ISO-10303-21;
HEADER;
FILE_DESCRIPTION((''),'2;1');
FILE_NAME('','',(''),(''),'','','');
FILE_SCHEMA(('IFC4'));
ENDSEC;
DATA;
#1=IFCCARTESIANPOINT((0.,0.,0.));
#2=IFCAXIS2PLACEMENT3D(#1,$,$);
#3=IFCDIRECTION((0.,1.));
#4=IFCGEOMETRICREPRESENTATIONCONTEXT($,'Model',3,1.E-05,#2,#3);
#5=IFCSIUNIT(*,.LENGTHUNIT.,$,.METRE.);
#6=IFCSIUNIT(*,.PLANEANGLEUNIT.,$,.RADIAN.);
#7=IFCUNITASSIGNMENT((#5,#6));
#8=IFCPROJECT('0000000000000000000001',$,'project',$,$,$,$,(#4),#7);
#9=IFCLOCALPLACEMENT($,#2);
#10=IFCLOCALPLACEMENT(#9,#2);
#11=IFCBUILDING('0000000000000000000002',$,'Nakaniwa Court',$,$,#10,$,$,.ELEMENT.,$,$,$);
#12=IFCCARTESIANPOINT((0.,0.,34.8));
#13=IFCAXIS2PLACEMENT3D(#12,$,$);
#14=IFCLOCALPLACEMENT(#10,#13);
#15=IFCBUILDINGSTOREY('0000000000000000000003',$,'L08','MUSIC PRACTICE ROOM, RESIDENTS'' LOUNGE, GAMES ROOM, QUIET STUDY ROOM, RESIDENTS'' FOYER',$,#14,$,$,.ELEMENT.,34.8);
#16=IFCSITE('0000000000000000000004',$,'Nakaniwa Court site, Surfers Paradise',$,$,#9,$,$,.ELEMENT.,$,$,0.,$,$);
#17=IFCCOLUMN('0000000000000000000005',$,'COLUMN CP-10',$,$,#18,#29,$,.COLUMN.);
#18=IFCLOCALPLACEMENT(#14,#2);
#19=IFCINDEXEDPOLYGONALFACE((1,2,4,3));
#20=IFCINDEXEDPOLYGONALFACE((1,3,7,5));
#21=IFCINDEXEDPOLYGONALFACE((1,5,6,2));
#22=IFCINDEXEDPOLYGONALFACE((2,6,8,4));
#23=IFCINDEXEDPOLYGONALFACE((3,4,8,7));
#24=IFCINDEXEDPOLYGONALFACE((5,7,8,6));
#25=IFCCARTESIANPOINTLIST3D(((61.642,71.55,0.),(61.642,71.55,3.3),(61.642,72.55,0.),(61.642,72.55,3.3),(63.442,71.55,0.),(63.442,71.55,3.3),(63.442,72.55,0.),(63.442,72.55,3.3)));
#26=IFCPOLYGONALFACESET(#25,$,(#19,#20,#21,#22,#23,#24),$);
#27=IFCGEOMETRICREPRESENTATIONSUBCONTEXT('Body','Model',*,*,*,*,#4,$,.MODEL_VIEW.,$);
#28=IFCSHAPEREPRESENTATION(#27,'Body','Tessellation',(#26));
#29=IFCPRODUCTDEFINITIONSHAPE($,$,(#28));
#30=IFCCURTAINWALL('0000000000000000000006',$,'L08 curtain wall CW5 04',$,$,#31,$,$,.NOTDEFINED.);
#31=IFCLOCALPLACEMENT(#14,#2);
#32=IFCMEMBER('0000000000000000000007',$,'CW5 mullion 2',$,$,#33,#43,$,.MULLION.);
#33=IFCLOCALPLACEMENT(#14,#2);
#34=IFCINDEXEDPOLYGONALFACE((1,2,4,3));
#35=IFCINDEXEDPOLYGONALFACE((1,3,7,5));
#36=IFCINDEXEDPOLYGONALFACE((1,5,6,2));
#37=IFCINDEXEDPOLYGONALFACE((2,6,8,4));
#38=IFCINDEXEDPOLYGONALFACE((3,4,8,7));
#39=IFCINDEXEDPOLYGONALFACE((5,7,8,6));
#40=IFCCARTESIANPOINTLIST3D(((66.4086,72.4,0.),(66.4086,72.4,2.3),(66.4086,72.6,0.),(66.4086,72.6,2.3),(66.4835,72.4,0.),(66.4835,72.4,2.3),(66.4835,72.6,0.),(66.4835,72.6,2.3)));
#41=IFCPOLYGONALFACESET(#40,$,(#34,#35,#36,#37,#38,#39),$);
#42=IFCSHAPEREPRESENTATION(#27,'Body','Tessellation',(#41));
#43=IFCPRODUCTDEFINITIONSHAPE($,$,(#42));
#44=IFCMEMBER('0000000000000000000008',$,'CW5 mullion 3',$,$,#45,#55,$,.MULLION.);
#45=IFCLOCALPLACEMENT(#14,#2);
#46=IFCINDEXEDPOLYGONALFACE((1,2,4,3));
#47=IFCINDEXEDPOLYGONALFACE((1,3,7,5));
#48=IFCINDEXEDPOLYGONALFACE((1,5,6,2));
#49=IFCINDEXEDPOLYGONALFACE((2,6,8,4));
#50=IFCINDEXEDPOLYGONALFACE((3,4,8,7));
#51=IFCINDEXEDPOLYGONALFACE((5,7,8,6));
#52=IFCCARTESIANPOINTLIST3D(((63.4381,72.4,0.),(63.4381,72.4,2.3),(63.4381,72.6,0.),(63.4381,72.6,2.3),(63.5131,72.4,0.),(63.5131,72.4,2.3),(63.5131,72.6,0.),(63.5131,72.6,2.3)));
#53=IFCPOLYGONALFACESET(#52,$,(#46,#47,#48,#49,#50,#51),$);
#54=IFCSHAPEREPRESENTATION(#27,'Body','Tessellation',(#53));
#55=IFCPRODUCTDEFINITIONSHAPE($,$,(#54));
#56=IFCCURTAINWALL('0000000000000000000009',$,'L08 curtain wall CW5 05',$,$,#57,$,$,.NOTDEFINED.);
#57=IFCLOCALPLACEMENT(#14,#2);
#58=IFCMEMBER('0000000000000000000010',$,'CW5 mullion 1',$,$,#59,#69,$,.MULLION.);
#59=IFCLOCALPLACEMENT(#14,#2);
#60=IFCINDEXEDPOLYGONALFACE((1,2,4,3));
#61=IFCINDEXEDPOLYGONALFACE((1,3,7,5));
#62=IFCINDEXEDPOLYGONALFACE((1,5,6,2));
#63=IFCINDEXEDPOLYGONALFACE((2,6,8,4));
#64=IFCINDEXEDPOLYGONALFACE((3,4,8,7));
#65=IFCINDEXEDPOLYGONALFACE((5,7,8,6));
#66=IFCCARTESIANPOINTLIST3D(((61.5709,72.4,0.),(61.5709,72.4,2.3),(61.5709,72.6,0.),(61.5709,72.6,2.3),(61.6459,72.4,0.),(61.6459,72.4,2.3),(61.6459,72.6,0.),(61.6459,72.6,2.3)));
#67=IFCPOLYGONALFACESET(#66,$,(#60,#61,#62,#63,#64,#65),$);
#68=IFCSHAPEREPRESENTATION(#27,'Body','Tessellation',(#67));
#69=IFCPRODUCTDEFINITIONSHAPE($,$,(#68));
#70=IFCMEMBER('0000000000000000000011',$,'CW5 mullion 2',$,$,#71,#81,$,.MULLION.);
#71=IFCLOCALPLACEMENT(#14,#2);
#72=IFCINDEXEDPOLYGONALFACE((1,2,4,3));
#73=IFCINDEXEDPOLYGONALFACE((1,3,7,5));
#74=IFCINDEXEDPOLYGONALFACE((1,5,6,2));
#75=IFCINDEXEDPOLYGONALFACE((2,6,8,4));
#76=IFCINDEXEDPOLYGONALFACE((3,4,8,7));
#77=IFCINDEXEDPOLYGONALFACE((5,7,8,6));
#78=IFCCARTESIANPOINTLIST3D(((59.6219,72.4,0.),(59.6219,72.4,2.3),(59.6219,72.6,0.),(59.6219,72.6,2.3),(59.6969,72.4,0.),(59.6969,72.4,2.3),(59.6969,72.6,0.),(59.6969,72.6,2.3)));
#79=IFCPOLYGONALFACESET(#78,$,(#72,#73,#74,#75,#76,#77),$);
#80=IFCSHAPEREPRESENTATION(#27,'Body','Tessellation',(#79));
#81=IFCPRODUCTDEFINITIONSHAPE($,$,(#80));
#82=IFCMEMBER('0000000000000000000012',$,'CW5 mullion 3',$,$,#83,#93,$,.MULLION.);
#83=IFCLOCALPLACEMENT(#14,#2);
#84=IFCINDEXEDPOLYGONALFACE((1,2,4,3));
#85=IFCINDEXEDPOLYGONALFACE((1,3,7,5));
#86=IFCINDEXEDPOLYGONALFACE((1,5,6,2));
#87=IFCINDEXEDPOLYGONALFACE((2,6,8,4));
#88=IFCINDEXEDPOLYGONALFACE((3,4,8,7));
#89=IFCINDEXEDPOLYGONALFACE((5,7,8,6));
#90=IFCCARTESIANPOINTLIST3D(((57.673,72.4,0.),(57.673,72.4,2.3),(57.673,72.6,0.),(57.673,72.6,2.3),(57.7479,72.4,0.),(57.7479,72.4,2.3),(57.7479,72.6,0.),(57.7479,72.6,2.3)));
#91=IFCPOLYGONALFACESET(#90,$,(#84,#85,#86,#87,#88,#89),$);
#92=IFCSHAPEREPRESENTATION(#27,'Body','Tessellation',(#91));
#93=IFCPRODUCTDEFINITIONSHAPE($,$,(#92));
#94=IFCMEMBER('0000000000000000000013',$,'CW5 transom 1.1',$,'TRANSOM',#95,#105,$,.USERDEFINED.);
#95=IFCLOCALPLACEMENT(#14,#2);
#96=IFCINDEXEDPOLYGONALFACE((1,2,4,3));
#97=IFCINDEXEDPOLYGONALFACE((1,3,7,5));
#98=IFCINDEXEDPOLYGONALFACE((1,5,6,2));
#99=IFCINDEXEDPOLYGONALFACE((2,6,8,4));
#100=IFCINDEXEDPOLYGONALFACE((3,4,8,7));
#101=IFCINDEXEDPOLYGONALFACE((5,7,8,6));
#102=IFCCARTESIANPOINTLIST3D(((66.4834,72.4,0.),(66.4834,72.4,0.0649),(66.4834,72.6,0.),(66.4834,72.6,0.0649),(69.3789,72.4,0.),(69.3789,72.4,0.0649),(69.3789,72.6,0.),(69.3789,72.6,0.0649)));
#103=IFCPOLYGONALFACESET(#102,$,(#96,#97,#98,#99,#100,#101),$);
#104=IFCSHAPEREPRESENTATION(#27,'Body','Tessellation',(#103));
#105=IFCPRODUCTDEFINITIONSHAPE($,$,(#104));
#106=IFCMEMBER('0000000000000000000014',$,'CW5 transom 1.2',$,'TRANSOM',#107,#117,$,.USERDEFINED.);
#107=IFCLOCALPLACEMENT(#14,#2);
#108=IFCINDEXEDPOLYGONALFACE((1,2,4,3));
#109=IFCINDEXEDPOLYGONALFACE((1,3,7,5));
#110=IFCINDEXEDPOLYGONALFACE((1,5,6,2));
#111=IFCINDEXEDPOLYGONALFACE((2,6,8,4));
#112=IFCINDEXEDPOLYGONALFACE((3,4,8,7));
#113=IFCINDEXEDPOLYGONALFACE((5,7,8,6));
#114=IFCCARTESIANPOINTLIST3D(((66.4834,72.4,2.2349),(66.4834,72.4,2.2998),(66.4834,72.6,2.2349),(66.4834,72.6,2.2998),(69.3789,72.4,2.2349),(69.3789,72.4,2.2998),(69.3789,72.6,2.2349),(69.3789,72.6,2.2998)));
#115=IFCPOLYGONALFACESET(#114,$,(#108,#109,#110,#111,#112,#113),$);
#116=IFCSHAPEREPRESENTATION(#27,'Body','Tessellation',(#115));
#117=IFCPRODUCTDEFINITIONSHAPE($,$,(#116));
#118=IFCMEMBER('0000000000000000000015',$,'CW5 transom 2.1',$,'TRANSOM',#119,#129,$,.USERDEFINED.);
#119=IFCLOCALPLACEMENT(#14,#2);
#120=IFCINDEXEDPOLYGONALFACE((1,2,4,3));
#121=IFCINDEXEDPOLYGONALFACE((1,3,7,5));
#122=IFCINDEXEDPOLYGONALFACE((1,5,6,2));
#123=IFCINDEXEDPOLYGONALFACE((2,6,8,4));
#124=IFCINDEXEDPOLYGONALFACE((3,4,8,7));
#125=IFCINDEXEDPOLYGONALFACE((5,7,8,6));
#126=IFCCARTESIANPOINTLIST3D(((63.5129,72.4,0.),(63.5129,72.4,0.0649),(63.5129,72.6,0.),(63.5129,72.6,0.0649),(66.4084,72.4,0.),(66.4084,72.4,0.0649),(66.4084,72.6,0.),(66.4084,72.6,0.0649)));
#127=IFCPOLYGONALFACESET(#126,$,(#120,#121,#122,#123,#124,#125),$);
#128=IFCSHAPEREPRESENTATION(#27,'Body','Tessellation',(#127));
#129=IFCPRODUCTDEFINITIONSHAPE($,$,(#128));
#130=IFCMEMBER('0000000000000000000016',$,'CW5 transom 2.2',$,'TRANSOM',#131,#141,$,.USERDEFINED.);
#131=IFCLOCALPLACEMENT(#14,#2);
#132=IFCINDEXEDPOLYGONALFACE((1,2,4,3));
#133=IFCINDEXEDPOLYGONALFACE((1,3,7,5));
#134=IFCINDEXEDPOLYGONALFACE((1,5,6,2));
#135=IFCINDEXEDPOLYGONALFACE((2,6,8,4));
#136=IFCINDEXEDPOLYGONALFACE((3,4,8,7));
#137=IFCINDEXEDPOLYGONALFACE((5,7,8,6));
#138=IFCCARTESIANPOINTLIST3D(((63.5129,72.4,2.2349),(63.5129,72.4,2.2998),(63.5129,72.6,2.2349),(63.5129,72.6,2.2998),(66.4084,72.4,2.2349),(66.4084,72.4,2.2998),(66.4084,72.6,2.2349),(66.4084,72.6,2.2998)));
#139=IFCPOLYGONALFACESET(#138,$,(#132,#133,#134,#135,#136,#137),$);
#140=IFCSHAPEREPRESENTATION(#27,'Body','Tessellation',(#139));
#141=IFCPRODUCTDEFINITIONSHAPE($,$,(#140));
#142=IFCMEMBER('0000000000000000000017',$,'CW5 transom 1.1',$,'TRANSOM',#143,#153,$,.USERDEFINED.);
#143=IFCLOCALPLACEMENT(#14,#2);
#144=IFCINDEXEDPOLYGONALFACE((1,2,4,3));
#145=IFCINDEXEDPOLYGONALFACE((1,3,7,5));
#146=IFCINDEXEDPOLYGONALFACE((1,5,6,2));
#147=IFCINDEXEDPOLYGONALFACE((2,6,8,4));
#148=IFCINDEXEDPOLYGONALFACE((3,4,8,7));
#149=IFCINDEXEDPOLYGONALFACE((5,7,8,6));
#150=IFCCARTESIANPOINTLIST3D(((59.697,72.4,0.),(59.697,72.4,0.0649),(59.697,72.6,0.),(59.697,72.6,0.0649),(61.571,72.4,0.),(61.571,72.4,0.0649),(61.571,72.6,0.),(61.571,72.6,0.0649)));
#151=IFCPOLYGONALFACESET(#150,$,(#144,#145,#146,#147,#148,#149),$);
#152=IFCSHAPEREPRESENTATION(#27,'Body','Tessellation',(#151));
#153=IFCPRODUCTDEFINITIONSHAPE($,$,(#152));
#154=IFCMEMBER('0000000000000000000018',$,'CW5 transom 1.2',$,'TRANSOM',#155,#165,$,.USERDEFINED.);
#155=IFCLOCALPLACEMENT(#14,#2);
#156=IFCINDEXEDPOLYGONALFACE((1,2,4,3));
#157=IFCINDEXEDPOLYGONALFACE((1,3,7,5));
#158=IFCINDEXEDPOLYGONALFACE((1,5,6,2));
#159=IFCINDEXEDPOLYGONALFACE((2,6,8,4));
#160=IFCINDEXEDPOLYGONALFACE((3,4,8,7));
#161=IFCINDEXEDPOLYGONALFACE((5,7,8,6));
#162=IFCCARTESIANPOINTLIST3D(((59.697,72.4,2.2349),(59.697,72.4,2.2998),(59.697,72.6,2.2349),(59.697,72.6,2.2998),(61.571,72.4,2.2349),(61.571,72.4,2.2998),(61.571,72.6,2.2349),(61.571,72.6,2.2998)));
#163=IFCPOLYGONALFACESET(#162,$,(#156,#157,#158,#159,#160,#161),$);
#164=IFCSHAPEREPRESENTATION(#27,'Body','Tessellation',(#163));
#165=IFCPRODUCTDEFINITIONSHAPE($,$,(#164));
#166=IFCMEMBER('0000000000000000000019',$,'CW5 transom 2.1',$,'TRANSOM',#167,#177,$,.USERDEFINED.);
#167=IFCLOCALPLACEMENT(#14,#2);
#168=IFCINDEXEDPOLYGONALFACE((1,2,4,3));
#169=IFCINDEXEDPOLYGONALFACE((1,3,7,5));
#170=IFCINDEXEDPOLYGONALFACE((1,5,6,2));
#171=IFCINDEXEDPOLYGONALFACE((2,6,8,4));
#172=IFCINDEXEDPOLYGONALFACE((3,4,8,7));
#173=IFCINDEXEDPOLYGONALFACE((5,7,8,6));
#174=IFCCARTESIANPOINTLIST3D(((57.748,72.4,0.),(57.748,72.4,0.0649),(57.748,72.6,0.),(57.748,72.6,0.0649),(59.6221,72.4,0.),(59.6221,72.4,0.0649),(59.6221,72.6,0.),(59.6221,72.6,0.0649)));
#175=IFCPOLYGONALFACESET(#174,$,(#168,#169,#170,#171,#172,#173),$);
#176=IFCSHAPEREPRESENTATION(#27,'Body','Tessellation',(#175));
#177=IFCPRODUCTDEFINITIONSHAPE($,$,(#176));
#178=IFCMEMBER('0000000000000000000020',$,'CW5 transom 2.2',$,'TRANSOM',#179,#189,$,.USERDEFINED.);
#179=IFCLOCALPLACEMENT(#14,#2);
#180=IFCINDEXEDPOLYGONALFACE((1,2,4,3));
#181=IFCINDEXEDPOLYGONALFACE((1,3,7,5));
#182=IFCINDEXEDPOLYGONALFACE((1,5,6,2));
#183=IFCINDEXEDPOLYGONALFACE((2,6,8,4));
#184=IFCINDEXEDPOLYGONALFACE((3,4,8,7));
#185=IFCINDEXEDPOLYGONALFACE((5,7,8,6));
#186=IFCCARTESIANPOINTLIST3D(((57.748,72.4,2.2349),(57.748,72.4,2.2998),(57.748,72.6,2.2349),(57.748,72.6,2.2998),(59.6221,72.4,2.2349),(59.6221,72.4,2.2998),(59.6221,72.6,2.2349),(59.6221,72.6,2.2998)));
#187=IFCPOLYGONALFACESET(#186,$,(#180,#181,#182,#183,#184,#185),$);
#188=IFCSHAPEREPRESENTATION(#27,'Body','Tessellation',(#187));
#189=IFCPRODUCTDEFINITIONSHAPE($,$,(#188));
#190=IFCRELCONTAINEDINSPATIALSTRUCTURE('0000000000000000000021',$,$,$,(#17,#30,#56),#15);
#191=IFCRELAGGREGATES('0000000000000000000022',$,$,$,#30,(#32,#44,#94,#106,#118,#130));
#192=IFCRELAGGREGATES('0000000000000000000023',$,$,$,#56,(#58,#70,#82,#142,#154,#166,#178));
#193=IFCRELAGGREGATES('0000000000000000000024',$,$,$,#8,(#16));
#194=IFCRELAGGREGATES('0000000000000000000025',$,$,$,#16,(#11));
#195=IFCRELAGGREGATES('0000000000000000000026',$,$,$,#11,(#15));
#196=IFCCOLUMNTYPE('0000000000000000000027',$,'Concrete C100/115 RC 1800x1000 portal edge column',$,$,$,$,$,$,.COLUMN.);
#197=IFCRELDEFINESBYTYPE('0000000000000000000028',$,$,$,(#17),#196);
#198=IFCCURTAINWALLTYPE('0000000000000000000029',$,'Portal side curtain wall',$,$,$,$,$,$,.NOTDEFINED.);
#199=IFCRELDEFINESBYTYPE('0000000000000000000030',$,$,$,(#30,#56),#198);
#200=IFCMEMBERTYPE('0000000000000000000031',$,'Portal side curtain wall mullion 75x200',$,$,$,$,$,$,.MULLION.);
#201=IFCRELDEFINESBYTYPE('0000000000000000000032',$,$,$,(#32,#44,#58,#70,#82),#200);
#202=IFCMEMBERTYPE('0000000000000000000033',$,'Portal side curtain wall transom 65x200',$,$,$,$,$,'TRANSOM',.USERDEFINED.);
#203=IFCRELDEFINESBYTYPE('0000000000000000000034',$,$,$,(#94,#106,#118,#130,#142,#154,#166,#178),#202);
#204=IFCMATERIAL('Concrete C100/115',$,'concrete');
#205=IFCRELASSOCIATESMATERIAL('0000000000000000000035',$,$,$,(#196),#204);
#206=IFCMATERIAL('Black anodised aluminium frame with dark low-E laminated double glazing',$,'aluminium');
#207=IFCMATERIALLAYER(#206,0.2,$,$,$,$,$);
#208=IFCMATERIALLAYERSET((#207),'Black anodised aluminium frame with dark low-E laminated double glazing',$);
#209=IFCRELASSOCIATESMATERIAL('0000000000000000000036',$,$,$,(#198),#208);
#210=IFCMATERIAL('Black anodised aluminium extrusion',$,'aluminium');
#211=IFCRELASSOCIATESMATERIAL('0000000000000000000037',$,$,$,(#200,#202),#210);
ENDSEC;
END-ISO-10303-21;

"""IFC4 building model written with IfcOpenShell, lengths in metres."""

from ifc_helpers import new_model, si_unit, direction, frame, origin, origin_2d, place, context, subcontext, project, spatial, rectangle, extrude, material, layer, layer_set, material_profile, profile_set, type_object, element, aggregate, save


model = new_model("IFC4")

# Units and contexts
model_context = context("Model", 3, precision=1e-05, world=origin(), true_north=direction((0.0, 1.0)))
body_context = subcontext(model_context, "Body", "Model", "MODEL_VIEW")
ifc_project = project(units=[si_unit("LENGTHUNIT", "METRE"), si_unit("PLANEANGLEUNIT", "RADIAN")], contexts=[model_context])

# Site, building, storey
site_placement = place(None, origin())
site = spatial("IfcSite", under=ifc_project, at=site_placement, Name="Nakaniwa Court site, Surfers Paradise", CompositionType="ELEMENT", RefElevation=0.0)
building_placement = place(site_placement, origin())
building = spatial("IfcBuilding", under=site, at=building_placement, Name="Nakaniwa Court", CompositionType="ELEMENT")
storey_placement = place(building_placement, frame((0.0, 0.0, 34.8)))
storey = spatial("IfcBuildingStorey", under=building, at=storey_placement, Name="L08", Description="MUSIC PRACTICE ROOM, RESIDENTS' LOUNGE, GAMES ROOM, QUIET STUDY ROOM, RESIDENTS' FOYER", CompositionType="ELEMENT", Elevation=34.8)

# Column
ifc_material_1 = material(Name="Concrete C100/115", Category="concrete")
ifc_material_profile_1 = material_profile(ifc_material_1, rectangle(XDim=1.8, YDim=1.0, at=origin_2d()), Name="Concrete C100/115 RC 1800x1000 portal edge column")
ifc_profile_set_1 = profile_set([ifc_material_profile_1], Name="Concrete C100/115")
column_type = type_object("IfcColumnType", Name="Concrete C100/115 RC 1800x1000 portal edge column", PredefinedType="COLUMN", material=ifc_profile_set_1)
column_placement = place(storey_placement, frame((62.542, 72.05, 0.0), z_axis=(0.0, 0.0, 1.0), x_axis=(1.0, 0.0, 0.0)))
element("IfcColumn", 1, at=column_placement, inside=storey, type_object=column_type, Name="COLUMN CP-10", PredefinedType="COLUMN", context=body_context, shape_type="SweptSolid", body=[
    extrude(rectangle(XDim=1.8, YDim=1.0, at=origin_2d()), origin(), (0.0, 0.0, 1.0), 3.3),
])

# Curtain walls, members
ifc_material_2 = material(Name="Black anodised aluminium frame with dark low-E laminated double glazing", Category="aluminium")
ifc_layer_1 = layer(ifc_material_2, 0.2)
ifc_layer_set_1 = layer_set([ifc_layer_1], Name="Black anodised aluminium frame with dark low-E laminated double glazing")
curtain_wall_type = type_object("IfcCurtainWallType", Name="Portal side curtain wall", PredefinedType="NOTDEFINED", material=ifc_layer_set_1)
curtain_wall_1_placement = place(storey_placement, origin())
curtain_wall_1 = element("IfcCurtainWall", 2, at=curtain_wall_1_placement, inside=storey, type_object=curtain_wall_type, Name="L08 curtain wall CW5 04", PredefinedType="NOTDEFINED")
ifc_material_3 = material(Name="Black anodised aluminium extrusion", Category="aluminium")
ifc_material_profile_2 = material_profile(ifc_material_3, rectangle(XDim=0.2, YDim=0.075, at=origin_2d()), Name="Portal side curtain wall mullion 75x200")
ifc_profile_set_2 = profile_set([ifc_material_profile_2], Name="Black anodised aluminium extrusion")
member_type_1 = type_object("IfcMemberType", Name="Portal side curtain wall mullion 75x200", PredefinedType="MULLION", material=ifc_profile_set_2)
member_1_placement = place(storey_placement, frame((66.446, 72.5, 0.0), z_axis=(0.0, 0.0, 1.0), x_axis=(0.0, -1.0, 0.0)))
member_1 = element("IfcMember", 3, at=member_1_placement, type_object=member_type_1, Name="CW5 mullion 2", PredefinedType="MULLION", context=body_context, shape_type="SweptSolid", body=[
    extrude(rectangle(XDim=0.2, YDim=0.075, at=origin_2d()), origin(), (0.0, 0.0, 1.0), 2.3),
])
member_2_placement = place(storey_placement, frame((63.4756, 72.5, 0.0), z_axis=(0.0, 0.0, 1.0), x_axis=(0.0, -1.0, 0.0)))
member_2 = element("IfcMember", 4, at=member_2_placement, type_object=member_type_1, Name="CW5 mullion 3", PredefinedType="MULLION", context=body_context, shape_type="SweptSolid", body=[
    extrude(rectangle(XDim=0.2, YDim=0.075, at=origin_2d()), origin(), (0.0, 0.0, 1.0), 2.3),
])
curtain_wall_2_placement = place(storey_placement, origin())
curtain_wall_2 = element("IfcCurtainWall", 5, at=curtain_wall_2_placement, inside=storey, type_object=curtain_wall_type, Name="L08 curtain wall CW5 05", PredefinedType="NOTDEFINED")
member_3_placement = place(storey_placement, frame((61.6084, 72.5, 0.0), z_axis=(0.0, 0.0, 1.0), x_axis=(0.0, -1.0, 0.0)))
member_3 = element("IfcMember", 6, at=member_3_placement, type_object=member_type_1, Name="CW5 mullion 1", PredefinedType="MULLION", context=body_context, shape_type="SweptSolid", body=[
    extrude(rectangle(XDim=0.2, YDim=0.075, at=origin_2d()), origin(), (0.0, 0.0, 1.0), 2.3),
])
member_4_placement = place(storey_placement, frame((59.6594, 72.5, 0.0), z_axis=(0.0, 0.0, 1.0), x_axis=(0.0, -1.0, 0.0)))
member_4 = element("IfcMember", 7, at=member_4_placement, type_object=member_type_1, Name="CW5 mullion 2", PredefinedType="MULLION", context=body_context, shape_type="SweptSolid", body=[
    extrude(rectangle(XDim=0.2, YDim=0.075, at=origin_2d()), origin(), (0.0, 0.0, 1.0), 2.3),
])
member_5_placement = place(storey_placement, frame((57.7104, 72.5, 0.0), z_axis=(0.0, 0.0, 1.0), x_axis=(0.0, -1.0, 0.0)))
member_5 = element("IfcMember", 8, at=member_5_placement, type_object=member_type_1, Name="CW5 mullion 3", PredefinedType="MULLION", context=body_context, shape_type="SweptSolid", body=[
    extrude(rectangle(XDim=0.2, YDim=0.075, at=origin_2d()), origin(), (0.0, 0.0, 1.0), 2.3),
])

# Members
ifc_material_profile_3 = material_profile(ifc_material_3, rectangle(XDim=0.2, YDim=0.0649, at=origin_2d()), Name="Portal side curtain wall transom 65x200")
ifc_profile_set_3 = profile_set([ifc_material_profile_3], Name="Black anodised aluminium extrusion")
member_type_2 = type_object("IfcMemberType", Name="Portal side curtain wall transom 65x200", ElementType="TRANSOM", PredefinedType="USERDEFINED", material=ifc_profile_set_3)
member_6_placement = place(storey_placement, frame((69.3789, 72.5, 0.0325), z_axis=(-1.0, 0.0, 0.0), x_axis=(0.0, -1.0, 0.0)))
member_6 = element("IfcMember", 9, at=member_6_placement, type_object=member_type_2, Name="CW5 transom 1.1", ObjectType="TRANSOM", PredefinedType="USERDEFINED", context=body_context, shape_type="SweptSolid", body=[
    extrude(rectangle(XDim=0.2, YDim=0.0649, at=origin_2d()), origin(), (0.0, 0.0, 1.0), 2.8955),
])
member_7_placement = place(storey_placement, frame((69.3789, 72.5, 2.2673), z_axis=(-1.0, 0.0, 0.0), x_axis=(0.0, -1.0, 0.0)))
member_7 = element("IfcMember", 10, at=member_7_placement, type_object=member_type_2, Name="CW5 transom 1.2", ObjectType="TRANSOM", PredefinedType="USERDEFINED", context=body_context, shape_type="SweptSolid", body=[
    extrude(rectangle(XDim=0.2, YDim=0.0649, at=origin_2d()), origin(), (0.0, 0.0, 1.0), 2.8955),
])
member_8_placement = place(storey_placement, frame((66.4084, 72.5, 0.0325), z_axis=(-1.0, 0.0, 0.0), x_axis=(0.0, -1.0, 0.0)))
member_8 = element("IfcMember", 11, at=member_8_placement, type_object=member_type_2, Name="CW5 transom 2.1", ObjectType="TRANSOM", PredefinedType="USERDEFINED", context=body_context, shape_type="SweptSolid", body=[
    extrude(rectangle(XDim=0.2, YDim=0.0649, at=origin_2d()), origin(), (0.0, 0.0, 1.0), 2.8955),
])
member_9_placement = place(storey_placement, frame((66.4084, 72.5, 2.2673), z_axis=(-1.0, 0.0, 0.0), x_axis=(0.0, -1.0, 0.0)))
member_9 = element("IfcMember", 12, at=member_9_placement, type_object=member_type_2, Name="CW5 transom 2.2", ObjectType="TRANSOM", PredefinedType="USERDEFINED", context=body_context, shape_type="SweptSolid", body=[
    extrude(rectangle(XDim=0.2, YDim=0.0649, at=origin_2d()), origin(), (0.0, 0.0, 1.0), 2.8955),
])
member_10_placement = place(storey_placement, frame((61.571, 72.5, 0.0325), z_axis=(-1.0, 0.0, 0.0), x_axis=(0.0, -1.0, 0.0)))
member_10 = element("IfcMember", 13, at=member_10_placement, type_object=member_type_2, Name="CW5 transom 1.1", ObjectType="TRANSOM", PredefinedType="USERDEFINED", context=body_context, shape_type="SweptSolid", body=[
    extrude(rectangle(XDim=0.2, YDim=0.0649, at=origin_2d()), origin(), (0.0, 0.0, 1.0), 1.874),
])
member_11_placement = place(storey_placement, frame((61.571, 72.5, 2.2673), z_axis=(-1.0, 0.0, 0.0), x_axis=(0.0, -1.0, 0.0)))
member_11 = element("IfcMember", 14, at=member_11_placement, type_object=member_type_2, Name="CW5 transom 1.2", ObjectType="TRANSOM", PredefinedType="USERDEFINED", context=body_context, shape_type="SweptSolid", body=[
    extrude(rectangle(XDim=0.2, YDim=0.0649, at=origin_2d()), origin(), (0.0, 0.0, 1.0), 1.874),
])
member_12_placement = place(storey_placement, frame((59.6221, 72.5, 0.0325), z_axis=(-1.0, 0.0, 0.0), x_axis=(0.0, -1.0, 0.0)))
member_12 = element("IfcMember", 15, at=member_12_placement, type_object=member_type_2, Name="CW5 transom 2.1", ObjectType="TRANSOM", PredefinedType="USERDEFINED", context=body_context, shape_type="SweptSolid", body=[
    extrude(rectangle(XDim=0.2, YDim=0.0649, at=origin_2d()), origin(), (0.0, 0.0, 1.0), 1.874),
])
member_13_placement = place(storey_placement, frame((59.6221, 72.5, 2.2673), z_axis=(-1.0, 0.0, 0.0), x_axis=(0.0, -1.0, 0.0)))
member_13 = element("IfcMember", 16, at=member_13_placement, type_object=member_type_2, Name="CW5 transom 2.2", ObjectType="TRANSOM", PredefinedType="USERDEFINED", context=body_context, shape_type="SweptSolid", body=[
    extrude(rectangle(XDim=0.2, YDim=0.0649, at=origin_2d()), origin(), (0.0, 0.0, 1.0), 1.874),
])

aggregate(curtain_wall_1, [member_1, member_2, member_6, member_7, member_8, member_9])
aggregate(curtain_wall_2, [member_3, member_4, member_5, member_10, member_11, member_12, member_13])

save(model, "model.ifc")
